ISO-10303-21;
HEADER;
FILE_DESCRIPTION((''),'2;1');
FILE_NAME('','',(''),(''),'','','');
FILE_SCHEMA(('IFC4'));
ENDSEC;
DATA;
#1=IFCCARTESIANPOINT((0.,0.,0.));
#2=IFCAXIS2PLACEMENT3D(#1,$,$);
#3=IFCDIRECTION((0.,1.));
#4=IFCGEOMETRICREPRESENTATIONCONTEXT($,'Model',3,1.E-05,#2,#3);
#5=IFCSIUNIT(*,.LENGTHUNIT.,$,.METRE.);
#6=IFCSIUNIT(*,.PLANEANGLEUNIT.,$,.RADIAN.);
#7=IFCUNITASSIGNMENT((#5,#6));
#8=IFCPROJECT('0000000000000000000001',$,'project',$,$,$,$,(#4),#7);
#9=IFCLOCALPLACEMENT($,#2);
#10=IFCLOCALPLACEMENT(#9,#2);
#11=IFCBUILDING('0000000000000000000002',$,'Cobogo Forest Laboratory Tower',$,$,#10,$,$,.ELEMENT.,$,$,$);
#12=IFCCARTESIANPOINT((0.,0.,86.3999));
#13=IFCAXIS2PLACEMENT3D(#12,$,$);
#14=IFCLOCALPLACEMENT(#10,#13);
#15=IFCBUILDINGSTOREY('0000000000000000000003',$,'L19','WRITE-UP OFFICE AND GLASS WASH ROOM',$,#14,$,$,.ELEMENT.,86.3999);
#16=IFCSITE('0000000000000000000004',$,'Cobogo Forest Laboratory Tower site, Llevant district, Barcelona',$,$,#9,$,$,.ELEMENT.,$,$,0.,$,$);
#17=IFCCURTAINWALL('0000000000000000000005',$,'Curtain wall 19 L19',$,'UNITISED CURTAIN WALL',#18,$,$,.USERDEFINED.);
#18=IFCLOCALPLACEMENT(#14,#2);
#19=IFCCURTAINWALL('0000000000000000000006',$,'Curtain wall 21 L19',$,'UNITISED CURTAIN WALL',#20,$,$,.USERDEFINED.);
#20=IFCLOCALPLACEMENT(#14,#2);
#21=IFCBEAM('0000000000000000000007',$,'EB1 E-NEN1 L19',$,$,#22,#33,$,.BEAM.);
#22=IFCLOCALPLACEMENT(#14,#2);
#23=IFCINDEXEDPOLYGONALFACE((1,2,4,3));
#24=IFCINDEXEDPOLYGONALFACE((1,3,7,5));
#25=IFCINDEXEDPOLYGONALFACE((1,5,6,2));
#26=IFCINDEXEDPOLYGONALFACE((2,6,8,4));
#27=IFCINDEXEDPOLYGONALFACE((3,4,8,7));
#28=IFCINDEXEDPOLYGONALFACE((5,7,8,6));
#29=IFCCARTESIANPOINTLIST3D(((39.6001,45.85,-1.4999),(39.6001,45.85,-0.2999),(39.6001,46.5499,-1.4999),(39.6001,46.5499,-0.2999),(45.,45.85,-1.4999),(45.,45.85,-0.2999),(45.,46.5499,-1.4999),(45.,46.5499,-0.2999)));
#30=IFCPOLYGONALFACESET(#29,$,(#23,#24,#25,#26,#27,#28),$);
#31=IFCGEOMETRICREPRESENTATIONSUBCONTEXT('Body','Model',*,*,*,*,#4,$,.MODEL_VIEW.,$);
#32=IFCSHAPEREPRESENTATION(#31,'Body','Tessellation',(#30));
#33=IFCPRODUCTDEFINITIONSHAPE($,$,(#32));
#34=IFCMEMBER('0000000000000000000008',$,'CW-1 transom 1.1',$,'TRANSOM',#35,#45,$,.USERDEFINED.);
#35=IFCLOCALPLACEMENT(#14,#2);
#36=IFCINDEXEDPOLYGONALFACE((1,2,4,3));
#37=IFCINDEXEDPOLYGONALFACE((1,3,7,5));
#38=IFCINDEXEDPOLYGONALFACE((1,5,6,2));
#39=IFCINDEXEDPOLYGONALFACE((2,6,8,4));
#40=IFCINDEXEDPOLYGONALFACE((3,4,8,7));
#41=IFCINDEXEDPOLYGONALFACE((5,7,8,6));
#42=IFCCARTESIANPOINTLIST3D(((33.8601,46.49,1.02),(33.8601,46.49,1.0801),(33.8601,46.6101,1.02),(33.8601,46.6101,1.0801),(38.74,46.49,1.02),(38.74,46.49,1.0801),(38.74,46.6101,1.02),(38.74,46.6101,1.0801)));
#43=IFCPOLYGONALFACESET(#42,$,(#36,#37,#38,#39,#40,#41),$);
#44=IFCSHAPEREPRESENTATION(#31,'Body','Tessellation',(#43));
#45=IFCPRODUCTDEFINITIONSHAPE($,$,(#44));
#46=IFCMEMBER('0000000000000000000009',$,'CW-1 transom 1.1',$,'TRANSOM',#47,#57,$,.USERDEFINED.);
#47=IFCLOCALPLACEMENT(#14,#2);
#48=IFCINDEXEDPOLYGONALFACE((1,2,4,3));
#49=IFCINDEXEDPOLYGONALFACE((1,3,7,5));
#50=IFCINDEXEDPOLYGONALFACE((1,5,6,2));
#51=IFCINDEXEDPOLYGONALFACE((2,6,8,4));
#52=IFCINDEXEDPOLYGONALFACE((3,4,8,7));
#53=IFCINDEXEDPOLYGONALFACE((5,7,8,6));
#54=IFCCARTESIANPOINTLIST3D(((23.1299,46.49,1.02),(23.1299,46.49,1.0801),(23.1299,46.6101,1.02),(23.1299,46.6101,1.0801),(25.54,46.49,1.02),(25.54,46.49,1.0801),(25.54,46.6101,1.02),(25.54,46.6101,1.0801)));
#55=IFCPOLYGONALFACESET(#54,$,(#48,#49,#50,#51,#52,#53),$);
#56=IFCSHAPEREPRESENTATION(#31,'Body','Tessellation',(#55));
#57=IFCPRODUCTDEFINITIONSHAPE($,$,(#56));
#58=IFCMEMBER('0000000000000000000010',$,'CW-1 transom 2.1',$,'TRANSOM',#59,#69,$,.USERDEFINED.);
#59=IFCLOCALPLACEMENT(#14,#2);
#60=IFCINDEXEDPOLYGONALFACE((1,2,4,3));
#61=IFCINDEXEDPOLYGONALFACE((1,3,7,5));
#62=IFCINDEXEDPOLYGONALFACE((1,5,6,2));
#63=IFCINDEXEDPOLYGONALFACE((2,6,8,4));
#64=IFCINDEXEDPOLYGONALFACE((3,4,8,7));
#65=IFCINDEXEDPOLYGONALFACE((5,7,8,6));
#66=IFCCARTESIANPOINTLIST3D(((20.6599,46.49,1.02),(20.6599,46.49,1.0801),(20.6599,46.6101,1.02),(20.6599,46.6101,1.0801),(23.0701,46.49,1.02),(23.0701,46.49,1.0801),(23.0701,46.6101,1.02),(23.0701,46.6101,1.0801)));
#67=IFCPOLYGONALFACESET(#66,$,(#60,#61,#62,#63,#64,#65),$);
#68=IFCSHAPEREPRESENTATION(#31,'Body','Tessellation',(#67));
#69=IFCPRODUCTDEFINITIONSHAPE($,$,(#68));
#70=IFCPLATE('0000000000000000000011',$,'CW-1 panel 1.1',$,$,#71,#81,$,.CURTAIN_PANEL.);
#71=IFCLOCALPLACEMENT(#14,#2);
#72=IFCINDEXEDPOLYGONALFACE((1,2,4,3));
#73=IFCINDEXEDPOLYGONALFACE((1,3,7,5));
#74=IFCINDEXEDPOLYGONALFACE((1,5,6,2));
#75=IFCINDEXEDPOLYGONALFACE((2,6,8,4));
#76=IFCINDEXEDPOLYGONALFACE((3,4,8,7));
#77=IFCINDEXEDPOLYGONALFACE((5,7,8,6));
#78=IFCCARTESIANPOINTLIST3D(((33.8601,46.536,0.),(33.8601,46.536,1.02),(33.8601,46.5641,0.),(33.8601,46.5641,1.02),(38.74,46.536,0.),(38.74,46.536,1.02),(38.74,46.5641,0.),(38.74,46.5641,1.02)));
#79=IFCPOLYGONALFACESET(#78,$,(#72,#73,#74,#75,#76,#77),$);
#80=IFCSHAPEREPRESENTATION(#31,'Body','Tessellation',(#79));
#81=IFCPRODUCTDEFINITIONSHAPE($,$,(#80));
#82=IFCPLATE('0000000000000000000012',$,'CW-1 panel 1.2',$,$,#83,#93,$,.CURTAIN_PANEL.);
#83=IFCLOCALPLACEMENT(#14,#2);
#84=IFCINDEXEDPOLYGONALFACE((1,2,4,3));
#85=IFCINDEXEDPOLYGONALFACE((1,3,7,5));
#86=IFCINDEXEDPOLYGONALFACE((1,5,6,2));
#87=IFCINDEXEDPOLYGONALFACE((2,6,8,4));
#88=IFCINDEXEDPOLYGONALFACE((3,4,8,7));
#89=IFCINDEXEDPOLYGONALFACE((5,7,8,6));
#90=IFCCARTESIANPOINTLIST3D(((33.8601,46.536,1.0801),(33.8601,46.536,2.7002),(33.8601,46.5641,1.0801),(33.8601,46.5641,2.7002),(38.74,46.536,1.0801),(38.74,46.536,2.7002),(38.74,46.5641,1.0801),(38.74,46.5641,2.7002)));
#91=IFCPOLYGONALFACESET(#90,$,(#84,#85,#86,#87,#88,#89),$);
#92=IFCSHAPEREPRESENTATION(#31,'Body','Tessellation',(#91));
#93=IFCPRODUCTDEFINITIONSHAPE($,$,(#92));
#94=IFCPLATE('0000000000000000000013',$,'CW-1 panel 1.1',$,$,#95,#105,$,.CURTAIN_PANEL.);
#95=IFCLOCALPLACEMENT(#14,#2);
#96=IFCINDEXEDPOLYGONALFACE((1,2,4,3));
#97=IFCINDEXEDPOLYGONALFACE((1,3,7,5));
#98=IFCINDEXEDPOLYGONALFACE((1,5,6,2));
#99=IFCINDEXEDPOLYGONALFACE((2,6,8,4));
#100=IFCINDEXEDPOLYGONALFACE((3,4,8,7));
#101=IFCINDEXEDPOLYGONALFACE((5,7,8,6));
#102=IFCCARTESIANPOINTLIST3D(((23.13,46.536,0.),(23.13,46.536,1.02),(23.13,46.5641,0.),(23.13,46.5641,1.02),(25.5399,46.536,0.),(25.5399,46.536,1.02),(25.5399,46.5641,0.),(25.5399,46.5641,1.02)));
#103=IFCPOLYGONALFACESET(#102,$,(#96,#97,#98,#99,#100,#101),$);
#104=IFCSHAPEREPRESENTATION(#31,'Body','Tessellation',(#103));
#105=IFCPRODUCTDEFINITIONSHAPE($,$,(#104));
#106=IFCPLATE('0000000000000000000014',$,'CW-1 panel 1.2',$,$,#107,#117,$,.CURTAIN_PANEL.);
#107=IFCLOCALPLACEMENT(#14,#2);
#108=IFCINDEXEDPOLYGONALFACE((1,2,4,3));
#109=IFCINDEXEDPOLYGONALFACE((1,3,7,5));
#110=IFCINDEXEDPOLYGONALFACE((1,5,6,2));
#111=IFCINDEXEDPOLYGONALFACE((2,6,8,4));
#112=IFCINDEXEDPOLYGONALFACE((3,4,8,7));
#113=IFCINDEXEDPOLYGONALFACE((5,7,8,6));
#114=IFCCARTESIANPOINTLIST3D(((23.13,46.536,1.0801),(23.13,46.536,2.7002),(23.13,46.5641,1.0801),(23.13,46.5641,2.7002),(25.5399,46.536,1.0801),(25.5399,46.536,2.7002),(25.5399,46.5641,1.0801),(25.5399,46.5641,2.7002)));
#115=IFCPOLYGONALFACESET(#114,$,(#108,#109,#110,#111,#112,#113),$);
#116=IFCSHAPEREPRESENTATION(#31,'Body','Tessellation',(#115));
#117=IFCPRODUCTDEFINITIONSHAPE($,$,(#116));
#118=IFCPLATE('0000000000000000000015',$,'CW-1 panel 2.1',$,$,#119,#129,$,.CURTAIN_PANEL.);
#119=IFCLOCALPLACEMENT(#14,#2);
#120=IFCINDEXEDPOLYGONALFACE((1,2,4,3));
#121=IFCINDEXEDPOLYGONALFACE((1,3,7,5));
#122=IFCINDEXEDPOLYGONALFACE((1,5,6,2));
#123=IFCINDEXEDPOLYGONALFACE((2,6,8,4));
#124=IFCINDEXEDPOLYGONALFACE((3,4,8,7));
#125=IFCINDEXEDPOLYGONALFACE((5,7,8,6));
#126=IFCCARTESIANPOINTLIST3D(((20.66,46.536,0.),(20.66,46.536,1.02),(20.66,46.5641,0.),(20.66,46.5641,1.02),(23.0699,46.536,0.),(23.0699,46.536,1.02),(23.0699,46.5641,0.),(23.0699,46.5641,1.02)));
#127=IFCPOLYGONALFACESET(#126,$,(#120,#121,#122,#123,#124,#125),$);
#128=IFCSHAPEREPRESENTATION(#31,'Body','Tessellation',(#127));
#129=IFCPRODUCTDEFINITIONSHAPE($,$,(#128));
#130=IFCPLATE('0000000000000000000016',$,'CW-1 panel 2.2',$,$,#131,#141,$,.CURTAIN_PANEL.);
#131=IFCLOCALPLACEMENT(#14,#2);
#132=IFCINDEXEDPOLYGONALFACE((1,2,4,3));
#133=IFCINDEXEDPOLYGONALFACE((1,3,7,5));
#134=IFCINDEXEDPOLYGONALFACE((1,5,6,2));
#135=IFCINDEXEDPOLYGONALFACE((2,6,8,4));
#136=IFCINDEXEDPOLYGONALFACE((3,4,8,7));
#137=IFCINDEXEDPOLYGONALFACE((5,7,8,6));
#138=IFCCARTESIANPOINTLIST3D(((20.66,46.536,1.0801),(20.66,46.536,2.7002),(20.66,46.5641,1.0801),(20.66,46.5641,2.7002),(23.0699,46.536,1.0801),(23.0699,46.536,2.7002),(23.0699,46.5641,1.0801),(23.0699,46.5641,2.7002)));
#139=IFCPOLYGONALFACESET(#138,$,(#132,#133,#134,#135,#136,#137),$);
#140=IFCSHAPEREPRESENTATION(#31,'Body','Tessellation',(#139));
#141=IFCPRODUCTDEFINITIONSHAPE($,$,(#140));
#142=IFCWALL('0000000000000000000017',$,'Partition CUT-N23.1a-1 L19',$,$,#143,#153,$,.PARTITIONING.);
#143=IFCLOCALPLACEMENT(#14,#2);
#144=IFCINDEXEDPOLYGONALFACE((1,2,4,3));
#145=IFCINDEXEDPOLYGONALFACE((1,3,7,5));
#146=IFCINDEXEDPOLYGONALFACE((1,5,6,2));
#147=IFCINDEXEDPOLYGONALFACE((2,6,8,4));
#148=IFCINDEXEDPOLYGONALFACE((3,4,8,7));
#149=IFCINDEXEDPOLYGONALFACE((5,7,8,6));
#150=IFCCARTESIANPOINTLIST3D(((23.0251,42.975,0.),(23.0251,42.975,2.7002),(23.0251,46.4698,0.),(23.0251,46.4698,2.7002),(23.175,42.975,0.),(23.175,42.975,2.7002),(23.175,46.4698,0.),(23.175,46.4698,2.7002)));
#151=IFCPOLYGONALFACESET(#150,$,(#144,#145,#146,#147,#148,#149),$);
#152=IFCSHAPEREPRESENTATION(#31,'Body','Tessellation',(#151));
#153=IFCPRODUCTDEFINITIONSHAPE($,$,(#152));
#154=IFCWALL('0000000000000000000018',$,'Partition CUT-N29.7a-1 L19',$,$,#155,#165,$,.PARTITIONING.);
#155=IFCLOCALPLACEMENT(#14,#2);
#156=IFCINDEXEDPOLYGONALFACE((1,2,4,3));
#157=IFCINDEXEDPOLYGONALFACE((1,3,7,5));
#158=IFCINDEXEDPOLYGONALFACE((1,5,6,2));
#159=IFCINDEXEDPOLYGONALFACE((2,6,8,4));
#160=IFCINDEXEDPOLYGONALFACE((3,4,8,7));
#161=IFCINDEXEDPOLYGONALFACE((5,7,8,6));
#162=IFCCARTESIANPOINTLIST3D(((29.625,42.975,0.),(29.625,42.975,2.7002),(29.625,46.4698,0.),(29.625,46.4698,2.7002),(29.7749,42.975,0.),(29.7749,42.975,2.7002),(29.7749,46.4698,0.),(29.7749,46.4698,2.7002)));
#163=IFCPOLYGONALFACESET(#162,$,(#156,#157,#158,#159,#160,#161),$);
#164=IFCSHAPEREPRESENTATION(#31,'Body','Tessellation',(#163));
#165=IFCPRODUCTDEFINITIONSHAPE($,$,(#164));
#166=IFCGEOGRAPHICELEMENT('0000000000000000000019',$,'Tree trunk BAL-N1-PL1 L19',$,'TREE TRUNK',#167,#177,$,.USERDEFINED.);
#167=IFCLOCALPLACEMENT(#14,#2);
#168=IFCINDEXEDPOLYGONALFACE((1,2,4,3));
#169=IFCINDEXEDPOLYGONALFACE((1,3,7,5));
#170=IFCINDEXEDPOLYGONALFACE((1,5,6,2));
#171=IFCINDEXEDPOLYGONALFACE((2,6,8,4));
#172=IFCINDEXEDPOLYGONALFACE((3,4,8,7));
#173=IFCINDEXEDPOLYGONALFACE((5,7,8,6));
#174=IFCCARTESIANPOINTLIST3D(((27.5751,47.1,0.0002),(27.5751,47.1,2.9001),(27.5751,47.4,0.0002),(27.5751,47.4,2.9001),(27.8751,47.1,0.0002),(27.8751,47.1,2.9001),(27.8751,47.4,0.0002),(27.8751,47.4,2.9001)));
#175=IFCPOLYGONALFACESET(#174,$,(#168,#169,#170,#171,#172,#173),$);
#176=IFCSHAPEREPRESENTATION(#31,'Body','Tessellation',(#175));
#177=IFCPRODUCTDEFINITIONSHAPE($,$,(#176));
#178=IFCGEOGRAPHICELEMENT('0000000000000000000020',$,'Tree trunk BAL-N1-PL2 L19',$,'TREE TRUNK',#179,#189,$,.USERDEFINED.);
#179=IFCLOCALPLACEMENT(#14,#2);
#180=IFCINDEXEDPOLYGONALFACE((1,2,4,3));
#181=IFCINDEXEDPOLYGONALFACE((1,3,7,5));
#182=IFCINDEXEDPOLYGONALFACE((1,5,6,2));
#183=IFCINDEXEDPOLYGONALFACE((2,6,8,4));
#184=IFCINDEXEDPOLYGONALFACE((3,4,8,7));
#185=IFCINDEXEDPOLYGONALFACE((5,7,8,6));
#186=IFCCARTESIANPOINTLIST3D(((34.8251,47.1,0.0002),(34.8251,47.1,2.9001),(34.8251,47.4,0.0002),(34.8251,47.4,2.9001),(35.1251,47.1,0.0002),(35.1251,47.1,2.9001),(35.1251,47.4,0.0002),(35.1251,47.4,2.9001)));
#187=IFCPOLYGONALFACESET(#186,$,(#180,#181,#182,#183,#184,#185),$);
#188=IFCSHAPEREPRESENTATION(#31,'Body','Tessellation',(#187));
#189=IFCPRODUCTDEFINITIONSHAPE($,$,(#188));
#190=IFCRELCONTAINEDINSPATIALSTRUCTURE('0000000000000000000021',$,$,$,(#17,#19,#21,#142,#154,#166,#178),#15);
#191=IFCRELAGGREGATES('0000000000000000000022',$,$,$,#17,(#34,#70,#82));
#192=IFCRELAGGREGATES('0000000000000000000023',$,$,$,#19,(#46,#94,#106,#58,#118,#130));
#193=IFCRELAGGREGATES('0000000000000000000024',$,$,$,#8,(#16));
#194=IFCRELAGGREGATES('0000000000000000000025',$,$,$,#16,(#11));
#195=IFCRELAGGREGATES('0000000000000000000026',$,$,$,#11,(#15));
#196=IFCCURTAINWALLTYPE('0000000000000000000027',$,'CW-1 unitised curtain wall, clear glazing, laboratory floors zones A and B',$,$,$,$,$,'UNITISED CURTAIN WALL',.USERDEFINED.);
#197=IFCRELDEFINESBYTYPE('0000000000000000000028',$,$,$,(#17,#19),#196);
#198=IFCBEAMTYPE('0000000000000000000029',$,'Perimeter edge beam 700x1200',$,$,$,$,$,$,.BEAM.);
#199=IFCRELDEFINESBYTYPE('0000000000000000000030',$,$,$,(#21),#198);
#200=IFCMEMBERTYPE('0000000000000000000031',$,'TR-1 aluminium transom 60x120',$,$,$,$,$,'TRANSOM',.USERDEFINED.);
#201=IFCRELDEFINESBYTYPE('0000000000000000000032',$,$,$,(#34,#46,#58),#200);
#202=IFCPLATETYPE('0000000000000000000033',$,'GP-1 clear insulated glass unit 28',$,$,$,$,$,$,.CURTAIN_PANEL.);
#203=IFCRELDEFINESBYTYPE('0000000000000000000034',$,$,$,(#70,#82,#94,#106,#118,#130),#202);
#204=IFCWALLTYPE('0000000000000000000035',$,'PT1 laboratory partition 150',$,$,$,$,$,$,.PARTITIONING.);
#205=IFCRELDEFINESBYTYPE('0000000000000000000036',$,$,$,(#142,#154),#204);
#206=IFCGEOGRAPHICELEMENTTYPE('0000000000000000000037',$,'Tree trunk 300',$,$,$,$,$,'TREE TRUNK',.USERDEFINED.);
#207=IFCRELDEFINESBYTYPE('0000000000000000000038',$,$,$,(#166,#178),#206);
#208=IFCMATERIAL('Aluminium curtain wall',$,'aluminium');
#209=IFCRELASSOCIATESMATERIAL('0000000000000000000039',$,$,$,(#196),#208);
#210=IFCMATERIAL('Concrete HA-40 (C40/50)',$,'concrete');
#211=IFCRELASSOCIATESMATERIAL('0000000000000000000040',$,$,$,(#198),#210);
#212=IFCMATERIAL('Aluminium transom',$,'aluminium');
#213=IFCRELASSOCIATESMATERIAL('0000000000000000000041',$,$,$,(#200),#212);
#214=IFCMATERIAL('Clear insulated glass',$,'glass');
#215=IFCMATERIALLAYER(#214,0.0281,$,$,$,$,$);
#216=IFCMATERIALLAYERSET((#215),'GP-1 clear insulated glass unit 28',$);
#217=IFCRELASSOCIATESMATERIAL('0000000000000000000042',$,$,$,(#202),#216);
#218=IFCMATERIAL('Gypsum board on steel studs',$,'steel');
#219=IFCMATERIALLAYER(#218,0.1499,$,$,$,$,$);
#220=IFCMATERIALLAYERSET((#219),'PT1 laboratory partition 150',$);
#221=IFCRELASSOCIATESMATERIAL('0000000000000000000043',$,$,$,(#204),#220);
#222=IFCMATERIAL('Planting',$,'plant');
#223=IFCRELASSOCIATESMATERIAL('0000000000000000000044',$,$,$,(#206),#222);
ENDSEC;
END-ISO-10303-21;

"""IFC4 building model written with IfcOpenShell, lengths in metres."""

from ifc_helpers import new_model, si_unit, direction, frame, frame_2d, origin, origin_2d, place, context, subcontext, project, spatial, rectangle, extrude, material, layer, layer_set, material_profile, profile_set, type_object, element, aggregate, save


model = new_model("IFC4")

# Units and contexts
model_context = context("Model", 3, precision=1e-05, world=origin(), true_north=direction((0.0, 1.0)))
body_context = subcontext(model_context, "Body", "Model", "MODEL_VIEW")
ifc_project = project(units=[si_unit("LENGTHUNIT", "METRE"), si_unit("PLANEANGLEUNIT", "RADIAN")], contexts=[model_context])

# Site, building, storey
site_placement = place(None, origin())
site = spatial("IfcSite", under=ifc_project, at=site_placement, Name="Cobogo Forest Laboratory Tower site, Llevant district, Barcelona", CompositionType="ELEMENT", RefElevation=0.0)
building_placement = place(site_placement, origin())
building = spatial("IfcBuilding", under=site, at=building_placement, Name="Cobogo Forest Laboratory Tower", CompositionType="ELEMENT")
storey_placement = place(building_placement, frame((0.0, 0.0, 86.3999)))
storey = spatial("IfcBuildingStorey", under=building, at=storey_placement, Name="L19", Description="WRITE-UP OFFICE AND GLASS WASH ROOM", CompositionType="ELEMENT", Elevation=86.3999)

# Shared definitions
ifc_material_1 = material(Name="Concrete HA-40 (C40/50)", Category="concrete")

# Curtain walls
ifc_material_2 = material(Name="Aluminium curtain wall", Category="aluminium")
curtain_wall_type = type_object("IfcCurtainWallType", Name="CW-1 unitised curtain wall, clear glazing, laboratory floors zones A and B", ElementType="UNITISED CURTAIN WALL", PredefinedType="USERDEFINED", material=ifc_material_2)
curtain_wall_1_placement = place(storey_placement, origin())
curtain_wall_1 = element("IfcCurtainWall", 1, at=curtain_wall_1_placement, inside=storey, type_object=curtain_wall_type, Name="Curtain wall 19 L19", ObjectType="UNITISED CURTAIN WALL", PredefinedType="USERDEFINED")
curtain_wall_2_placement = place(storey_placement, origin())
curtain_wall_2 = element("IfcCurtainWall", 2, at=curtain_wall_2_placement, inside=storey, type_object=curtain_wall_type, Name="Curtain wall 21 L19", ObjectType="UNITISED CURTAIN WALL", PredefinedType="USERDEFINED")

# Beam
ifc_material_profile_1 = material_profile(ifc_material_1, rectangle(XDim=0.7, YDim=1.2, at=origin_2d()), Name="RC 700x1200")
ifc_profile_set_1 = profile_set([ifc_material_profile_1], Name="Concrete HA-40 (C40/50)")
beam_type_1 = type_object("IfcBeamType", Name="Perimeter edge beam 700x1200", PredefinedType="BEAM", material=ifc_profile_set_1)
beam_placement = place(storey_placement, frame((39.6001, 46.2, -0.8999), z_axis=(1.0, 0.0, 0.0), x_axis=(0.0, 1.0, 0.0)))
element("IfcBeam", 3, at=beam_placement, inside=storey, type_object=beam_type_1, Name="EB1 E-NEN1 L19", PredefinedType="BEAM", context=body_context, shape_type="SweptSolid", body=[
    extrude(rectangle(XDim=0.7, YDim=1.2, at=origin_2d()), origin(), (0.0, 0.0, 1.0), 5.3999),
])

# Members
ifc_material_3 = material(Name="Aluminium transom", Category="aluminium")
ifc_material_profile_2 = material_profile(ifc_material_3, rectangle(XDim=0.1201, YDim=0.0601, at=origin_2d()), Name="AL 60x120")
ifc_profile_set_2 = profile_set([ifc_material_profile_2], Name="Aluminium transom")
member_type_1 = type_object("IfcMemberType", Name="TR-1 aluminium transom 60x120", ElementType="TRANSOM", PredefinedType="USERDEFINED", material=ifc_profile_set_2)
member_1_placement = place(storey_placement, frame((38.74, 46.55, 1.05), z_axis=(-1.0, 0.0, 0.0), x_axis=(0.0, -1.0, 0.0)))
member_1 = element("IfcMember", 4, at=member_1_placement, type_object=member_type_1, Name="CW-1 transom 1.1", ObjectType="TRANSOM", PredefinedType="USERDEFINED", context=body_context, shape_type="SweptSolid", body=[
    extrude(rectangle(XDim=0.1201, YDim=0.0601, at=origin_2d()), origin(), (0.0, 0.0, 1.0), 4.8799),
])
member_2_placement = place(storey_placement, frame((25.54, 46.55, 1.05), z_axis=(-1.0, 0.0, 0.0), x_axis=(0.0, -1.0, 0.0)))
member_2 = element("IfcMember", 5, at=member_2_placement, type_object=member_type_1, Name="CW-1 transom 1.1", ObjectType="TRANSOM", PredefinedType="USERDEFINED", context=body_context, shape_type="SweptSolid", body=[
    extrude(rectangle(XDim=0.1201, YDim=0.0601, at=origin_2d()), origin(), (0.0, 0.0, 1.0), 2.4102),
])
member_3_placement = place(storey_placement, frame((23.0701, 46.55, 1.05), z_axis=(-1.0, 0.0, 0.0), x_axis=(0.0, -1.0, 0.0)))
member_3 = element("IfcMember", 6, at=member_3_placement, type_object=member_type_1, Name="CW-1 transom 2.1", ObjectType="TRANSOM", PredefinedType="USERDEFINED", context=body_context, shape_type="SweptSolid", body=[
    extrude(rectangle(XDim=0.1201, YDim=0.0601, at=origin_2d()), origin(), (0.0, 0.0, 1.0), 2.4102),
])

# Plates
ifc_material_4 = material(Name="Clear insulated glass", Category="glass")
ifc_layer_1 = layer(ifc_material_4, 0.0281)
ifc_layer_set_1 = layer_set([ifc_layer_1], Name="GP-1 clear insulated glass unit 28")
plate_type_1 = type_object("IfcPlateType", Name="GP-1 clear insulated glass unit 28", PredefinedType="CURTAIN_PANEL", material=ifc_layer_set_1)
plate_1_placement = place(storey_placement, frame((36.3, 46.55, 0.0), z_axis=(0.0, 0.0, 1.0), x_axis=(-1.0, 0.0, 0.0)))
plate_1 = element("IfcPlate", 7, at=plate_1_placement, type_object=plate_type_1, Name="CW-1 panel 1.1", PredefinedType="CURTAIN_PANEL", context=body_context, shape_type="SweptSolid", body=[
    extrude(rectangle(XDim=4.8799, YDim=0.0281, at=origin_2d()), origin(), (0.0, 0.0, 1.0), 1.02),
])
plate_2_placement = place(storey_placement, frame((36.3, 46.55, 1.0801), z_axis=(0.0, 0.0, 1.0), x_axis=(-1.0, 0.0, 0.0)))
plate_2 = element("IfcPlate", 8, at=plate_2_placement, type_object=plate_type_1, Name="CW-1 panel 1.2", PredefinedType="CURTAIN_PANEL", context=body_context, shape_type="SweptSolid", body=[
    extrude(rectangle(XDim=4.8799, YDim=0.0281, at=origin_2d()), origin(), (0.0, 0.0, 1.0), 1.6201),
])
aggregate(curtain_wall_1, [member_1, plate_1, plate_2])
plate_3_placement = place(storey_placement, frame((24.335, 46.55, 0.0), z_axis=(0.0, 0.0, 1.0), x_axis=(-1.0, 0.0, 0.0)))
plate_3 = element("IfcPlate", 9, at=plate_3_placement, type_object=plate_type_1, Name="CW-1 panel 1.1", PredefinedType="CURTAIN_PANEL", context=body_context, shape_type="SweptSolid", body=[
    extrude(rectangle(XDim=2.4099, YDim=0.0281, at=origin_2d()), origin(), (0.0, 0.0, 1.0), 1.02),
])
plate_4_placement = place(storey_placement, frame((24.335, 46.55, 1.0801), z_axis=(0.0, 0.0, 1.0), x_axis=(-1.0, 0.0, 0.0)))
plate_4 = element("IfcPlate", 10, at=plate_4_placement, type_object=plate_type_1, Name="CW-1 panel 1.2", PredefinedType="CURTAIN_PANEL", context=body_context, shape_type="SweptSolid", body=[
    extrude(rectangle(XDim=2.4099, YDim=0.0281, at=origin_2d()), origin(), (0.0, 0.0, 1.0), 1.6201),
])
plate_5_placement = place(storey_placement, frame((21.865, 46.55, 0.0), z_axis=(0.0, 0.0, 1.0), x_axis=(-1.0, 0.0, 0.0)))
plate_5 = element("IfcPlate", 11, at=plate_5_placement, type_object=plate_type_1, Name="CW-1 panel 2.1", PredefinedType="CURTAIN_PANEL", context=body_context, shape_type="SweptSolid", body=[
    extrude(rectangle(XDim=2.4099, YDim=0.0281, at=origin_2d()), origin(), (0.0, 0.0, 1.0), 1.02),
])
plate_6_placement = place(storey_placement, frame((21.865, 46.55, 1.0801), z_axis=(0.0, 0.0, 1.0), x_axis=(-1.0, 0.0, 0.0)))
plate_6 = element("IfcPlate", 12, at=plate_6_placement, type_object=plate_type_1, Name="CW-1 panel 2.2", PredefinedType="CURTAIN_PANEL", context=body_context, shape_type="SweptSolid", body=[
    extrude(rectangle(XDim=2.4099, YDim=0.0281, at=origin_2d()), origin(), (0.0, 0.0, 1.0), 1.6201),
])
aggregate(curtain_wall_2, [member_2, plate_3, plate_4, member_3, plate_5, plate_6])

# Walls
ifc_material_5 = material(Name="Gypsum board on steel studs", Category="steel")
ifc_layer_2 = layer(ifc_material_5, 0.1499)
ifc_layer_set_2 = layer_set([ifc_layer_2], Name="PT1 laboratory partition 150")
wall_type_1 = type_object("IfcWallType", Name="PT1 laboratory partition 150", PredefinedType="PARTITIONING", material=ifc_layer_set_2)
for number, where, z_axis, x_axis, name in (
    (13, (23.1001, 46.47, 0.0), (0.0, 0.0, 1.0), (0.0, -1.0, 0.0), "Partition CUT-N23.1a-1 L19"),
    (14, (29.7, 46.47, 0.0), (0.0, 0.0, 1.0), (0.0, -1.0, 0.0), "Partition CUT-N29.7a-1 L19"),
):
    element("IfcWall", number, at=place(storey_placement, frame(where, z_axis=z_axis, x_axis=x_axis)), inside=storey, type_object=wall_type_1, Name=name, PredefinedType="PARTITIONING", context=body_context, shape_type="SweptSolid", body=[
        extrude(rectangle(XDim=3.4949, YDim=0.1499, at=frame_2d((1.7476, 0.0))), origin(), (0.0, 0.0, 1.0), 2.7002),
    ])

# Geographic elements
ifc_material_6 = material(Name="Planting", Category="plant")
geographic_element_type = type_object("IfcGeographicElementType", Name="Tree trunk 300", ElementType="TREE TRUNK", PredefinedType="USERDEFINED", material=ifc_material_6)
for number, where, z_axis, x_axis, name in (
    (15, (27.7251, 47.25, 0.0002), (0.0, 0.0, 1.0), (1.0, 0.0, 0.0), "Tree trunk BAL-N1-PL1 L19"),
    (16, (34.9751, 47.25, 0.0002), (0.0, 0.0, 1.0), (1.0, 0.0, 0.0), "Tree trunk BAL-N1-PL2 L19"),
):
    element("IfcGeographicElement", number, at=place(storey_placement, frame(where, z_axis=z_axis, x_axis=x_axis)), inside=storey, type_object=geographic_element_type, Name=name, ObjectType="TREE TRUNK", PredefinedType="USERDEFINED", context=body_context, shape_type="SweptSolid", body=[
        extrude(rectangle(XDim=0.3, YDim=0.3, at=origin_2d()), origin(), (0.0, 0.0, 1.0), 2.8999),
    ])

save(model, "model.ifc")
